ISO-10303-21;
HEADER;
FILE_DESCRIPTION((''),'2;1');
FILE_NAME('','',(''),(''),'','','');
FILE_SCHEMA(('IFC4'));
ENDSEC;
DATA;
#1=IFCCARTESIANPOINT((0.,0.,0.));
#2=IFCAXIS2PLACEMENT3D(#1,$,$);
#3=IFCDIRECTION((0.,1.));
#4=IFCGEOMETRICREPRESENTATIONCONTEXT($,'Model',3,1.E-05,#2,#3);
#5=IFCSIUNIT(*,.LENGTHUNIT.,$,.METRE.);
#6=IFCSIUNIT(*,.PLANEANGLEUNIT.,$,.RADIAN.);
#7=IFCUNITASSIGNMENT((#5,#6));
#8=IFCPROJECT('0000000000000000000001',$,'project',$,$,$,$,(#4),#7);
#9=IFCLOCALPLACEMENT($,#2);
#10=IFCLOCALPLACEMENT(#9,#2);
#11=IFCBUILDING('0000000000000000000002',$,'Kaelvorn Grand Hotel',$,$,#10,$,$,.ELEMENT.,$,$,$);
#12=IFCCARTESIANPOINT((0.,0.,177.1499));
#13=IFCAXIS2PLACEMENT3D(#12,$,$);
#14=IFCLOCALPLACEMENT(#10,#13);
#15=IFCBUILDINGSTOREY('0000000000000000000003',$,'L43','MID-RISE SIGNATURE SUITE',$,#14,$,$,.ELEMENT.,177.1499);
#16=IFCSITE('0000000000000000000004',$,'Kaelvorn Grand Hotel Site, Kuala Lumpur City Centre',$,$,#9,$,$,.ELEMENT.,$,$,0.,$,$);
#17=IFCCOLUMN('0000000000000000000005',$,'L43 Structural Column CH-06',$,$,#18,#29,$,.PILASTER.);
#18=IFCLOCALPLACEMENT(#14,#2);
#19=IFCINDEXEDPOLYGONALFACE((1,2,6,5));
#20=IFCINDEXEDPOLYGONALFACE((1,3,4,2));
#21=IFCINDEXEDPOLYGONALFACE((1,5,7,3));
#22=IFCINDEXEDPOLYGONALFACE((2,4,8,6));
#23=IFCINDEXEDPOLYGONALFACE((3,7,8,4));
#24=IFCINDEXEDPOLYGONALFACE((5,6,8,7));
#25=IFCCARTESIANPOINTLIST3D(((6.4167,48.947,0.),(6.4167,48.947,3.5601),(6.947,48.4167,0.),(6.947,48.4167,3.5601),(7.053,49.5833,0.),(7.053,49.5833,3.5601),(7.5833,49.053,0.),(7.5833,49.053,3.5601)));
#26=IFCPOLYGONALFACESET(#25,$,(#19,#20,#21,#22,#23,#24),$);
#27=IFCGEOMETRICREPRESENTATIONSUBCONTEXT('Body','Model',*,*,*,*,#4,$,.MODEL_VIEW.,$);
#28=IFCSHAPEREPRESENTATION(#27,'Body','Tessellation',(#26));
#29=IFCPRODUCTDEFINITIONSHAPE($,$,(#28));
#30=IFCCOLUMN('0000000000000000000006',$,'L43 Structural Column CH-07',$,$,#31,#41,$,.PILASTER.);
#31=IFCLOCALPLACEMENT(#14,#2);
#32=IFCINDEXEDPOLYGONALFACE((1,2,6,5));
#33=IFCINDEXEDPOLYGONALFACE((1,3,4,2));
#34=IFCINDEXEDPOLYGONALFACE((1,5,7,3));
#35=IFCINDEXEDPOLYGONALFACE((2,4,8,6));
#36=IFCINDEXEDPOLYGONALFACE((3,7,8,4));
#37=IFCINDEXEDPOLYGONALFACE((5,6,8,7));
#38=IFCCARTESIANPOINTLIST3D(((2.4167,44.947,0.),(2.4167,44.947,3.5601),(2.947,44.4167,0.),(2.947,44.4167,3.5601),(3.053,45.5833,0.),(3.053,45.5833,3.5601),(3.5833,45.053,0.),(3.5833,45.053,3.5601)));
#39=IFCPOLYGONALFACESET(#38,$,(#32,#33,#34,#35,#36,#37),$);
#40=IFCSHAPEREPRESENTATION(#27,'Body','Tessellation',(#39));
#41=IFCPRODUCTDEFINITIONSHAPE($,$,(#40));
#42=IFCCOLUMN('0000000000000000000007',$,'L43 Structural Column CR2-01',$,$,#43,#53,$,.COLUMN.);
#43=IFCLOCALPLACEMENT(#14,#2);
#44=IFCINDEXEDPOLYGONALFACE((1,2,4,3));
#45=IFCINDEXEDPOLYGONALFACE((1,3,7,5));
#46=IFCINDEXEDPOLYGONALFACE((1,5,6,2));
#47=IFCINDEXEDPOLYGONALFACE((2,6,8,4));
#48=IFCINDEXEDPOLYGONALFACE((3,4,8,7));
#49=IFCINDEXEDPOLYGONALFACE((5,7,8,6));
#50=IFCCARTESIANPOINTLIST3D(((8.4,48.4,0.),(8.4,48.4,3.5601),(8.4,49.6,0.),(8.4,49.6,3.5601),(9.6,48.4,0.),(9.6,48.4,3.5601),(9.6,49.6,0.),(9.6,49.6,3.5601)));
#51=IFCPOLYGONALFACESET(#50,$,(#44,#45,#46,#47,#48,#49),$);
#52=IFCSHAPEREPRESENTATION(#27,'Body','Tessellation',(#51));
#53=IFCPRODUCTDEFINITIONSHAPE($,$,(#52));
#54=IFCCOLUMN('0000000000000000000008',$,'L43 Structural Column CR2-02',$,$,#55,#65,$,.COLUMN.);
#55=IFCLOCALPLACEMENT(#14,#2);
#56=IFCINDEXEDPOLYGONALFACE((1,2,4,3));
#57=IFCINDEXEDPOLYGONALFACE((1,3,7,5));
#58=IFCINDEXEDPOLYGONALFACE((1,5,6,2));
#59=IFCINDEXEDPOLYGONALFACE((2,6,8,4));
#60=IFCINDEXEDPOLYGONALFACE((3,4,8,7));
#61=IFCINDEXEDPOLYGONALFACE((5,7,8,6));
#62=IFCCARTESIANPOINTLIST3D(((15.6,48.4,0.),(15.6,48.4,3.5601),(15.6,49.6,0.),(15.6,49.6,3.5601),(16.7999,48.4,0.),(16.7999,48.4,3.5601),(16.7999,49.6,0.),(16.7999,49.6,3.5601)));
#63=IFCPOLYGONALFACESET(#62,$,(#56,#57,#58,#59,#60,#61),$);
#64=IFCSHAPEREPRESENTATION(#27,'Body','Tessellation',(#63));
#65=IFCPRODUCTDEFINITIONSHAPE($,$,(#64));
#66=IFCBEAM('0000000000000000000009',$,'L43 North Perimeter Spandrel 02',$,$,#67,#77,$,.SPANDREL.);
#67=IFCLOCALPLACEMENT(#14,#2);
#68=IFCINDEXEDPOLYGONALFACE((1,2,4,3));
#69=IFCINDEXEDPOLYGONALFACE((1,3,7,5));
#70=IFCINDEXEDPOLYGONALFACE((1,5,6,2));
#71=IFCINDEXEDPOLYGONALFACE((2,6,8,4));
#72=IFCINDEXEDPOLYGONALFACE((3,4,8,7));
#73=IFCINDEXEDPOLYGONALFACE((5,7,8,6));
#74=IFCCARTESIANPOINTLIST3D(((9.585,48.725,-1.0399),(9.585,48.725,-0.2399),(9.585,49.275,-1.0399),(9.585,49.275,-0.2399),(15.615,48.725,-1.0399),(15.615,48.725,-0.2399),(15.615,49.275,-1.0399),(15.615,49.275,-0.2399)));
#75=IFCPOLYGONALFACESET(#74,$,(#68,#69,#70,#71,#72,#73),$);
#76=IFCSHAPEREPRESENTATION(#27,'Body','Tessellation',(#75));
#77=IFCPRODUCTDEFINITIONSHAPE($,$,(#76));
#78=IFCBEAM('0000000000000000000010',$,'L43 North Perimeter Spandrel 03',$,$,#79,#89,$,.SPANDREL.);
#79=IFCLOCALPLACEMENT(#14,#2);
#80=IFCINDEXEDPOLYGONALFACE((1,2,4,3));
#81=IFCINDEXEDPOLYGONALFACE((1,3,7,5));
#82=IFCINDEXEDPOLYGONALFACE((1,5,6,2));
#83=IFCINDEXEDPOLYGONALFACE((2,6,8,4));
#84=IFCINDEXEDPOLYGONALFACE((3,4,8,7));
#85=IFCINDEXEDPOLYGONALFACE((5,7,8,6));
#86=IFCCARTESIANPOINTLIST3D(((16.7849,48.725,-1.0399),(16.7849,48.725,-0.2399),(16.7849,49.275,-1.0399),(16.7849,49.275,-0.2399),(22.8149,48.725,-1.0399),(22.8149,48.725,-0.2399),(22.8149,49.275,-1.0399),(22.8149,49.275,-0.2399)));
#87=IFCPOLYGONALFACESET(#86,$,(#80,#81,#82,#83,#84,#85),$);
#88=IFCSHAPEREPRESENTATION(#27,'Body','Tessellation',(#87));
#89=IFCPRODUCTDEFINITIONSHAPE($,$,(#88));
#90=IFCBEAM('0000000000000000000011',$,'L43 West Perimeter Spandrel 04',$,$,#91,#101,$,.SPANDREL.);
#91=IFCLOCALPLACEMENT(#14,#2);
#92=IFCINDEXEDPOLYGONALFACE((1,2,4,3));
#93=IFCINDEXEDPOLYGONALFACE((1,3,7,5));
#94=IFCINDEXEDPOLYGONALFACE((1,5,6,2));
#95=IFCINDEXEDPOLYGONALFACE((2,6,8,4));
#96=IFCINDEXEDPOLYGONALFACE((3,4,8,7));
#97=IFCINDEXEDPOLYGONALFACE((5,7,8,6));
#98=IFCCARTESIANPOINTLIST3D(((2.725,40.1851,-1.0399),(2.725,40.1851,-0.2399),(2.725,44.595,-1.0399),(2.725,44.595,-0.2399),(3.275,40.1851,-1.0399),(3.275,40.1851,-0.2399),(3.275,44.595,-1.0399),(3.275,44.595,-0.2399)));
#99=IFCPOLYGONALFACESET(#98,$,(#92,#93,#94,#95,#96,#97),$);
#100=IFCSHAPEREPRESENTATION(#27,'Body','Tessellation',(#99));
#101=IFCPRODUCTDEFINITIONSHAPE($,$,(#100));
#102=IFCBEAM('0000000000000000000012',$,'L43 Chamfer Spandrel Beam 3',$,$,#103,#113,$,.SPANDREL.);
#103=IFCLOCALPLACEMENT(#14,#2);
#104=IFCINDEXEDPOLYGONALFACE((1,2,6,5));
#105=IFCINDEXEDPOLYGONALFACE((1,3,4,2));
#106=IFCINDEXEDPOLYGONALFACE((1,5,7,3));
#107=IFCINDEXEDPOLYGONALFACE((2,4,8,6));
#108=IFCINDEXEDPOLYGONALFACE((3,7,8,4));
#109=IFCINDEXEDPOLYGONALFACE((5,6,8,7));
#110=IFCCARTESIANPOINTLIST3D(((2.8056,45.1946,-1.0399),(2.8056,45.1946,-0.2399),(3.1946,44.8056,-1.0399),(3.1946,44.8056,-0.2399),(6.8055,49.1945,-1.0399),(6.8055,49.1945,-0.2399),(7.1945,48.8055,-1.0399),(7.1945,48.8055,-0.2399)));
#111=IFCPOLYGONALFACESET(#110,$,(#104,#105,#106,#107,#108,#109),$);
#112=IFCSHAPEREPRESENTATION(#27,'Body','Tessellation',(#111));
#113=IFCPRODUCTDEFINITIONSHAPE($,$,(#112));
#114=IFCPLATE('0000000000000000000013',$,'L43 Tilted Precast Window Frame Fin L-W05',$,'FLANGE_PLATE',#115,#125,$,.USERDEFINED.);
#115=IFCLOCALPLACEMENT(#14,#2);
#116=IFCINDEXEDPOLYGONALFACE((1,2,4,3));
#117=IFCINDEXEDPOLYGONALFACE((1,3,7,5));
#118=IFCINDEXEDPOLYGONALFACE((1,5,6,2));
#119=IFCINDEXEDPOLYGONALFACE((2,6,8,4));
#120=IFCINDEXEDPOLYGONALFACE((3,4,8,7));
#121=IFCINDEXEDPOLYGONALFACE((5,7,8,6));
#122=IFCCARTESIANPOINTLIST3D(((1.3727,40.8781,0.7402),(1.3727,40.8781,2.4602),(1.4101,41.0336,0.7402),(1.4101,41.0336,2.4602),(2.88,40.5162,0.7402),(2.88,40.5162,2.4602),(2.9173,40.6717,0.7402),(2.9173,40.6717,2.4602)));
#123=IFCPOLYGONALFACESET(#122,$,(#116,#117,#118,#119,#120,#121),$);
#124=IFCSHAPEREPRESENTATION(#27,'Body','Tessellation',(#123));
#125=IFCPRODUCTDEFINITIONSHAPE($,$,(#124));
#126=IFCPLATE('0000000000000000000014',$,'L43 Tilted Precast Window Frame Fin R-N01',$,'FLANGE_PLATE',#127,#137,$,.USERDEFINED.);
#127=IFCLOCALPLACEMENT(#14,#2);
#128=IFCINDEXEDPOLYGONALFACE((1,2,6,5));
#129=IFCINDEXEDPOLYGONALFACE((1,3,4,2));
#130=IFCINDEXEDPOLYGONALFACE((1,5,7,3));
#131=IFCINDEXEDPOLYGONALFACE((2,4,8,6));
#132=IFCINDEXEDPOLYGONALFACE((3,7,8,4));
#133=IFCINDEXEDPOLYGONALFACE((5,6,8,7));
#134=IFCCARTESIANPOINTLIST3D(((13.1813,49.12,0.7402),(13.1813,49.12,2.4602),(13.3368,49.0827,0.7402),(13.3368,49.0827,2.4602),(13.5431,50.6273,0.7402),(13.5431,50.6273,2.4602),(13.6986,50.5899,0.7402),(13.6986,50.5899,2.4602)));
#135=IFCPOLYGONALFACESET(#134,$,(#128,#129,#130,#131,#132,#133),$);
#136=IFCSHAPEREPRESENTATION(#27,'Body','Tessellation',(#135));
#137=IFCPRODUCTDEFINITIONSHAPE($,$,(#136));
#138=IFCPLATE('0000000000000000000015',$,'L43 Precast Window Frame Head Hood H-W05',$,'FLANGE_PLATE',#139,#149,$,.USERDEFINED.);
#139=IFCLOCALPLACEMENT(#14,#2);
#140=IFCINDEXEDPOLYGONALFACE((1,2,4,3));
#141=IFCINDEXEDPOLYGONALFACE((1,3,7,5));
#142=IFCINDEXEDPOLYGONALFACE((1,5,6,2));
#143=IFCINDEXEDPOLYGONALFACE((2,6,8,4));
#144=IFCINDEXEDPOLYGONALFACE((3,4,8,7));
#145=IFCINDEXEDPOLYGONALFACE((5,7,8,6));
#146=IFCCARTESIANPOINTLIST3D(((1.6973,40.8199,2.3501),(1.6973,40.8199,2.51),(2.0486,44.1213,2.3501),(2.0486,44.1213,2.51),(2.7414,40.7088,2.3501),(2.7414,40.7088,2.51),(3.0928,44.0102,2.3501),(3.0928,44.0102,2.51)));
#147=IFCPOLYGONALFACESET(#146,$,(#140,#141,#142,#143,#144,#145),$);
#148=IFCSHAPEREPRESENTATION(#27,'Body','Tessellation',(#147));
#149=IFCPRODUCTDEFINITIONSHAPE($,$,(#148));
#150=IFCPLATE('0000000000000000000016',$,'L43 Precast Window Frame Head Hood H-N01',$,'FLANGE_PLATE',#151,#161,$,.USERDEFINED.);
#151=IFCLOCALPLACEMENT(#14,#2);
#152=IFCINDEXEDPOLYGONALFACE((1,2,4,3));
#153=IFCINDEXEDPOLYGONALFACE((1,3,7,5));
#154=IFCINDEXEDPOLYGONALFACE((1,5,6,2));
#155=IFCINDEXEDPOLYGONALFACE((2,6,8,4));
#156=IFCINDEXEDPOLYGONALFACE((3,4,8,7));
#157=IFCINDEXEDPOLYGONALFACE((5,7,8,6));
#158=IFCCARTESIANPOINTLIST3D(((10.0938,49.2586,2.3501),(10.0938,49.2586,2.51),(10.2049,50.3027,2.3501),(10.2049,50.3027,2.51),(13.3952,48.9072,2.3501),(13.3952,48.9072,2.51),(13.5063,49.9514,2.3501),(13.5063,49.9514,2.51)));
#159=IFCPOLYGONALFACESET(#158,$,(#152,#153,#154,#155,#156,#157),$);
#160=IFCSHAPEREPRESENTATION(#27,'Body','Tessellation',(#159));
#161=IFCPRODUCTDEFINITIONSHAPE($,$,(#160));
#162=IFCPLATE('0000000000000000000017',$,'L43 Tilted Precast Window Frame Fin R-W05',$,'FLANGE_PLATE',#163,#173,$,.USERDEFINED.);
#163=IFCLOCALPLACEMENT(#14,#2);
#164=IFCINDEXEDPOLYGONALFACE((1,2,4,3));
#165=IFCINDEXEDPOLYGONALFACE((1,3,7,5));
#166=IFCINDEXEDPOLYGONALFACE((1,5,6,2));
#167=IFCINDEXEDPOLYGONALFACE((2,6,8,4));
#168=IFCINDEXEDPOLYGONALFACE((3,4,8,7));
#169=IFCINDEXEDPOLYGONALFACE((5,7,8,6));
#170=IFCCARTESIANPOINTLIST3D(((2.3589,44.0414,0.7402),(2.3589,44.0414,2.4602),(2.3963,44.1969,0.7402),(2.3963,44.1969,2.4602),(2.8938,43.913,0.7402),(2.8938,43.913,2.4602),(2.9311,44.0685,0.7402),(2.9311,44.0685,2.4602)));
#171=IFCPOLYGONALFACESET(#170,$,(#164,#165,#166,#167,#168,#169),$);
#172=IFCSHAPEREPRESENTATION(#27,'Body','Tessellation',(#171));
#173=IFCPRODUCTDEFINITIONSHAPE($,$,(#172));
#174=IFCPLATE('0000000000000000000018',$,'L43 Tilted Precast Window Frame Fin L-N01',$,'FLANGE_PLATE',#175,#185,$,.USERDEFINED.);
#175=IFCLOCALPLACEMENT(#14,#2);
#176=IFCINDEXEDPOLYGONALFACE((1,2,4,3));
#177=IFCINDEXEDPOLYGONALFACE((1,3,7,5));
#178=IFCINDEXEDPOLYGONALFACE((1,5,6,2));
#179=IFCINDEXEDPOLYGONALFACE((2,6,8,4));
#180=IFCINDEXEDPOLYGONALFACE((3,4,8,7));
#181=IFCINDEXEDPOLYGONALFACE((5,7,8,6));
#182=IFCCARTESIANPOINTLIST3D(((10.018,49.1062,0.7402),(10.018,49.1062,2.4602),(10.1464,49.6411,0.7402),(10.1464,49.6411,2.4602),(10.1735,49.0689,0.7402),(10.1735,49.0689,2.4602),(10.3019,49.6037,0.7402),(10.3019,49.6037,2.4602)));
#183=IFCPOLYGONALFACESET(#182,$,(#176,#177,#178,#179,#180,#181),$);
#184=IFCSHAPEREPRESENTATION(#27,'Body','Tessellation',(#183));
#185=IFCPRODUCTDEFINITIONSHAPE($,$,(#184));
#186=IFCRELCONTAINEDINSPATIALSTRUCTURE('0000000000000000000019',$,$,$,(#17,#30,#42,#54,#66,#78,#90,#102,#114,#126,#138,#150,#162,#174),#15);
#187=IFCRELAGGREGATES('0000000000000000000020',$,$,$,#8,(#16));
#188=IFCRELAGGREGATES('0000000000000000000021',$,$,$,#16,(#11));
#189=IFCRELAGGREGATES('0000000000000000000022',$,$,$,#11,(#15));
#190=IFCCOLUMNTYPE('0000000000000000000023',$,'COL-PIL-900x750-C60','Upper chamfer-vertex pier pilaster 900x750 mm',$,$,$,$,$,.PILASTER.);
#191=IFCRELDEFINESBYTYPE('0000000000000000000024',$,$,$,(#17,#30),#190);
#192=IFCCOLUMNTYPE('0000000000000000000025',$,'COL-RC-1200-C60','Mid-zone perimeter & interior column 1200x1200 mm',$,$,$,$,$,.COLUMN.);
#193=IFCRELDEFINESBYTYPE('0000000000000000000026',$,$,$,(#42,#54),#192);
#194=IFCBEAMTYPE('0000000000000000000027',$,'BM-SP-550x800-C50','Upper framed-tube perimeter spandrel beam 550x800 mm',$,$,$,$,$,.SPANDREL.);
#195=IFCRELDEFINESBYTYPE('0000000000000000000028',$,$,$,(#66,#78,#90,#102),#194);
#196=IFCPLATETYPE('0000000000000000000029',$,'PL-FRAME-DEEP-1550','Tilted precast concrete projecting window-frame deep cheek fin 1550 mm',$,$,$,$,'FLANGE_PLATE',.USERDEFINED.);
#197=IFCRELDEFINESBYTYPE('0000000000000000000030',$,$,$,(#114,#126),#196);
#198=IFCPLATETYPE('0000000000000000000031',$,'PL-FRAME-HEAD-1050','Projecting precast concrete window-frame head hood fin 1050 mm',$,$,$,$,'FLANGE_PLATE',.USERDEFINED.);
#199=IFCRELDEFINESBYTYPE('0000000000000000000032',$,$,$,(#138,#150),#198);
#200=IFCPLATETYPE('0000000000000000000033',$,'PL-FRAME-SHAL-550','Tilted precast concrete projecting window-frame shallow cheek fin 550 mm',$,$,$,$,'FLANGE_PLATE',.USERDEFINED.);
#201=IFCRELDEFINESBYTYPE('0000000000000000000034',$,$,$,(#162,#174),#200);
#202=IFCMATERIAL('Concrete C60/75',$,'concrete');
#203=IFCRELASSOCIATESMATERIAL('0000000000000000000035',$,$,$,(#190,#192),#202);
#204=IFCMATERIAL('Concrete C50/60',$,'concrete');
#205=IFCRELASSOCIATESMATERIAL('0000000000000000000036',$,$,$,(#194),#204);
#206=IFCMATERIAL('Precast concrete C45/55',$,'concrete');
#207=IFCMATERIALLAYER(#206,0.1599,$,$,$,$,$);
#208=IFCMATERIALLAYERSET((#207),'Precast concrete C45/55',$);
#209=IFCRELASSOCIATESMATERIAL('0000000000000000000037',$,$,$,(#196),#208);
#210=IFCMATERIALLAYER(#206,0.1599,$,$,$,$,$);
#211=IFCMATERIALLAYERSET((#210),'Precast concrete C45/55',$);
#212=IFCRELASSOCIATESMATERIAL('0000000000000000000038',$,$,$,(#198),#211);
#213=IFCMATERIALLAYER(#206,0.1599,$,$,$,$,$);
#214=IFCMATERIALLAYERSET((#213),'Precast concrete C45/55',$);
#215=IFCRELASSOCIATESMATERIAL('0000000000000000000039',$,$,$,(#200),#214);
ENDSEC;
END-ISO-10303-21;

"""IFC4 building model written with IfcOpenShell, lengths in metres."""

from ifc_helpers import new_model, si_unit, direction, frame, origin, origin_2d, place, context, subcontext, project, spatial, rectangle, extrude, material, layer, layer_set, material_profile, profile_set, type_object, element, save


model = new_model("IFC4")

# Units and contexts
model_context = context("Model", 3, precision=1e-05, world=origin(), true_north=direction((0.0, 1.0)))
body_context = subcontext(model_context, "Body", "Model", "MODEL_VIEW")
ifc_project = project(units=[si_unit("LENGTHUNIT", "METRE"), si_unit("PLANEANGLEUNIT", "RADIAN")], contexts=[model_context])

# Site, building, storey
site_placement = place(None, origin())
site = spatial("IfcSite", under=ifc_project, at=site_placement, Name="Kaelvorn Grand Hotel Site, Kuala Lumpur City Centre", CompositionType="ELEMENT", RefElevation=0.0)
building_placement = place(site_placement, origin())
building = spatial("IfcBuilding", under=site, at=building_placement, Name="Kaelvorn Grand Hotel", CompositionType="ELEMENT")
storey_placement = place(building_placement, frame((0.0, 0.0, 177.1499)))
storey = spatial("IfcBuildingStorey", under=building, at=storey_placement, Name="L43", Description="MID-RISE SIGNATURE SUITE", CompositionType="ELEMENT", Elevation=177.1499)

# Columns
ifc_material_1 = material(Name="Concrete C60/75", Category="concrete")
ifc_material_profile_1 = material_profile(ifc_material_1, rectangle(XDim=0.8999, YDim=0.75, at=origin_2d()), Name="RC PILASTER 900x750")
ifc_profile_set_1 = profile_set([ifc_material_profile_1], Name="Concrete C60/75")
column_type_1 = type_object("IfcColumnType", Name="COL-PIL-900x750-C60", Description="Upper chamfer-vertex pier pilaster 900x750 mm", PredefinedType="PILASTER", material=ifc_profile_set_1)
for number, where, z_axis, x_axis, name in (
    (1, (7.0, 49.0, 0.0), (0.0, 0.0, 1.0), (0.707107, 0.707107, 0.0), "L43 Structural Column CH-06"),
    (2, (3.0, 45.0, 0.0), (0.0, 0.0, 1.0), (0.707107, 0.707107, 0.0), "L43 Structural Column CH-07"),
):
    element("IfcColumn", number, at=place(storey_placement, frame(where, z_axis=z_axis, x_axis=x_axis)), inside=storey, type_object=column_type_1, Name=name, PredefinedType="PILASTER", context=body_context, shape_type="SweptSolid", body=[
        extrude(rectangle(XDim=0.8999, YDim=0.75, at=origin_2d()), origin(), (0.0, 0.0, 1.0), 3.5601),
    ])
ifc_material_profile_2 = material_profile(ifc_material_1, rectangle(XDim=1.2, YDim=1.2, at=origin_2d()), Name="RC COL 1200x1200")
ifc_profile_set_2 = profile_set([ifc_material_profile_2], Name="Concrete C60/75")
column_type_2 = type_object("IfcColumnType", Name="COL-RC-1200-C60", Description="Mid-zone perimeter & interior column 1200x1200 mm", PredefinedType="COLUMN", material=ifc_profile_set_2)
for number, where, z_axis, x_axis, name in (
    (3, (9.0, 49.0, 0.0), (0.0, 0.0, 1.0), (1.0, 0.0, 0.0), "L43 Structural Column CR2-01"),
    (4, (16.2, 49.0, 0.0), (0.0, 0.0, 1.0), (1.0, 0.0, 0.0), "L43 Structural Column CR2-02"),
):
    element("IfcColumn", number, at=place(storey_placement, frame(where, z_axis=z_axis, x_axis=x_axis)), inside=storey, type_object=column_type_2, Name=name, PredefinedType="COLUMN", context=body_context, shape_type="SweptSolid", body=[
        extrude(rectangle(XDim=1.2, YDim=1.2, at=origin_2d()), origin(), (0.0, 0.0, 1.0), 3.5601),
    ])

# Beams
ifc_material_2 = material(Name="Concrete C50/60", Category="concrete")
ifc_material_profile_3 = material_profile(ifc_material_2, rectangle(XDim=0.55, YDim=0.8, at=origin_2d()), Name="RC SPANDREL 550x800")
ifc_profile_set_3 = profile_set([ifc_material_profile_3], Name="Concrete C50/60")
beam_type = type_object("IfcBeamType", Name="BM-SP-550x800-C50", Description="Upper framed-tube perimeter spandrel beam 550x800 mm", PredefinedType="SPANDREL", material=ifc_profile_set_3)
for number, where, z_axis, x_axis, name in (
    (5, (9.585, 49.0, -0.6399), (1.0, 0.0, 0.0), (0.0, 1.0, 0.0), "L43 North Perimeter Spandrel 02"),
    (6, (16.7849, 49.0, -0.6399), (1.0, 0.0, 0.0), (0.0, 1.0, 0.0), "L43 North Perimeter Spandrel 03"),
):
    element("IfcBeam", number, at=place(storey_placement, frame(where, z_axis=z_axis, x_axis=x_axis)), inside=storey, type_object=beam_type, Name=name, PredefinedType="SPANDREL", context=body_context, shape_type="SweptSolid", body=[
        extrude(rectangle(XDim=0.55, YDim=0.8, at=origin_2d()), origin(), (0.0, 0.0, 1.0), 6.03),
    ])
beam_1_placement = place(storey_placement, frame((3.0, 40.1851, -0.6399), z_axis=(0.0, 1.0, 0.0), x_axis=(-1.0, 0.0, 0.0)))
element("IfcBeam", 7, at=beam_1_placement, inside=storey, type_object=beam_type, Name="L43 West Perimeter Spandrel 04", PredefinedType="SPANDREL", context=body_context, shape_type="SweptSolid", body=[
    extrude(rectangle(XDim=0.55, YDim=0.8, at=origin_2d()), origin(), (0.0, 0.0, 1.0), 4.4099),
])
beam_2_placement = place(storey_placement, frame((7.0, 49.0, -0.6399), z_axis=(-0.707107, -0.707107, 0.0), x_axis=(0.707107, -0.707107, 0.0)))
element("IfcBeam", 8, at=beam_2_placement, inside=storey, type_object=beam_type, Name="L43 Chamfer Spandrel Beam 3", PredefinedType="SPANDREL", context=body_context, shape_type="SweptSolid", body=[
    extrude(rectangle(XDim=0.55, YDim=0.8, at=origin_2d()), origin(), (0.0, 0.0, 1.0), 5.6567),
])

# Plates
ifc_material_3 = material(Name="Precast concrete C45/55", Category="concrete")
ifc_layer_1 = layer(ifc_material_3, 0.1599)
ifc_layer_set_1 = layer_set([ifc_layer_1], Name="Precast concrete C45/55")
plate_type_1 = type_object("IfcPlateType", Name="PL-FRAME-DEEP-1550", Description="Tilted precast concrete projecting window-frame deep cheek fin 1550 mm", ElementType="FLANGE_PLATE", PredefinedType="USERDEFINED", material=ifc_layer_set_1)
for number, where, z_axis, x_axis, name in (
    (9, (2.145, 40.7749, 0.7402), (0.0, 0.0, 1.0), (0.233445, 0.97237, 0.0), "L43 Tilted Precast Window Frame Fin L-W05"),
    (10, (13.4399, 49.855, 0.7402), (0.0, 0.0, 1.0), (0.97237, -0.233445, 0.0), "L43 Tilted Precast Window Frame Fin R-N01"),
):
    element("IfcPlate", number, at=place(storey_placement, frame(where, z_axis=z_axis, x_axis=x_axis)), inside=storey, type_object=plate_type_1, Name=name, ObjectType="FLANGE_PLATE", PredefinedType="USERDEFINED", context=body_context, shape_type="SweptSolid", body=[
        extrude(rectangle(XDim=0.1599, YDim=1.55, at=origin_2d()), origin(), (0.0, 0.0, 1.0), 1.72),
    ])
ifc_layer_2 = layer(ifc_material_3, 0.1599)
ifc_layer_set_2 = layer_set([ifc_layer_2], Name="Precast concrete C45/55")
plate_type_2 = type_object("IfcPlateType", Name="PL-FRAME-HEAD-1050", Description="Projecting precast concrete window-frame head hood fin 1050 mm", ElementType="FLANGE_PLATE", PredefinedType="USERDEFINED", material=ifc_layer_set_2)
for number, where, z_axis, x_axis, name in (
    (11, (2.395, 42.415, 2.3501), (0.0, 0.0, 1.0), (0.10583, 0.994384, 0.0), "L43 Precast Window Frame Head Hood H-W05"),
    (12, (11.8, 49.605, 2.3501), (0.0, 0.0, 1.0), (0.994384, -0.10583, 0.0), "L43 Precast Window Frame Head Hood H-N01"),
):
    element("IfcPlate", number, at=place(storey_placement, frame(where, z_axis=z_axis, x_axis=x_axis)), inside=storey, type_object=plate_type_2, Name=name, ObjectType="FLANGE_PLATE", PredefinedType="USERDEFINED", context=body_context, shape_type="SweptSolid", body=[
        extrude(rectangle(XDim=3.3201, YDim=1.05, at=origin_2d()), origin(), (0.0, 0.0, 1.0), 0.1599),
    ])
ifc_layer_3 = layer(ifc_material_3, 0.1599)
ifc_layer_set_3 = layer_set([ifc_layer_3], Name="Precast concrete C45/55")
plate_type_3 = type_object("IfcPlateType", Name="PL-FRAME-SHAL-550", Description="Tilted precast concrete projecting window-frame shallow cheek fin 550 mm", ElementType="FLANGE_PLATE", PredefinedType="USERDEFINED", material=ifc_layer_set_3)
for number, where, z_axis, x_axis, name in (
    (13, (2.645, 44.0549, 0.7402), (0.0, 0.0, 1.0), (0.233445, 0.97237, 0.0), "L43 Tilted Precast Window Frame Fin R-W05"),
    (14, (10.1599, 49.355, 0.7402), (0.0, 0.0, 1.0), (0.97237, -0.233445, 0.0), "L43 Tilted Precast Window Frame Fin L-N01"),
):
    element("IfcPlate", number, at=place(storey_placement, frame(where, z_axis=z_axis, x_axis=x_axis)), inside=storey, type_object=plate_type_3, Name=name, ObjectType="FLANGE_PLATE", PredefinedType="USERDEFINED", context=body_context, shape_type="SweptSolid", body=[
        extrude(rectangle(XDim=0.1599, YDim=0.55, at=origin_2d()), origin(), (0.0, 0.0, 1.0), 1.72),
    ])

save(model, "model.ifc")
